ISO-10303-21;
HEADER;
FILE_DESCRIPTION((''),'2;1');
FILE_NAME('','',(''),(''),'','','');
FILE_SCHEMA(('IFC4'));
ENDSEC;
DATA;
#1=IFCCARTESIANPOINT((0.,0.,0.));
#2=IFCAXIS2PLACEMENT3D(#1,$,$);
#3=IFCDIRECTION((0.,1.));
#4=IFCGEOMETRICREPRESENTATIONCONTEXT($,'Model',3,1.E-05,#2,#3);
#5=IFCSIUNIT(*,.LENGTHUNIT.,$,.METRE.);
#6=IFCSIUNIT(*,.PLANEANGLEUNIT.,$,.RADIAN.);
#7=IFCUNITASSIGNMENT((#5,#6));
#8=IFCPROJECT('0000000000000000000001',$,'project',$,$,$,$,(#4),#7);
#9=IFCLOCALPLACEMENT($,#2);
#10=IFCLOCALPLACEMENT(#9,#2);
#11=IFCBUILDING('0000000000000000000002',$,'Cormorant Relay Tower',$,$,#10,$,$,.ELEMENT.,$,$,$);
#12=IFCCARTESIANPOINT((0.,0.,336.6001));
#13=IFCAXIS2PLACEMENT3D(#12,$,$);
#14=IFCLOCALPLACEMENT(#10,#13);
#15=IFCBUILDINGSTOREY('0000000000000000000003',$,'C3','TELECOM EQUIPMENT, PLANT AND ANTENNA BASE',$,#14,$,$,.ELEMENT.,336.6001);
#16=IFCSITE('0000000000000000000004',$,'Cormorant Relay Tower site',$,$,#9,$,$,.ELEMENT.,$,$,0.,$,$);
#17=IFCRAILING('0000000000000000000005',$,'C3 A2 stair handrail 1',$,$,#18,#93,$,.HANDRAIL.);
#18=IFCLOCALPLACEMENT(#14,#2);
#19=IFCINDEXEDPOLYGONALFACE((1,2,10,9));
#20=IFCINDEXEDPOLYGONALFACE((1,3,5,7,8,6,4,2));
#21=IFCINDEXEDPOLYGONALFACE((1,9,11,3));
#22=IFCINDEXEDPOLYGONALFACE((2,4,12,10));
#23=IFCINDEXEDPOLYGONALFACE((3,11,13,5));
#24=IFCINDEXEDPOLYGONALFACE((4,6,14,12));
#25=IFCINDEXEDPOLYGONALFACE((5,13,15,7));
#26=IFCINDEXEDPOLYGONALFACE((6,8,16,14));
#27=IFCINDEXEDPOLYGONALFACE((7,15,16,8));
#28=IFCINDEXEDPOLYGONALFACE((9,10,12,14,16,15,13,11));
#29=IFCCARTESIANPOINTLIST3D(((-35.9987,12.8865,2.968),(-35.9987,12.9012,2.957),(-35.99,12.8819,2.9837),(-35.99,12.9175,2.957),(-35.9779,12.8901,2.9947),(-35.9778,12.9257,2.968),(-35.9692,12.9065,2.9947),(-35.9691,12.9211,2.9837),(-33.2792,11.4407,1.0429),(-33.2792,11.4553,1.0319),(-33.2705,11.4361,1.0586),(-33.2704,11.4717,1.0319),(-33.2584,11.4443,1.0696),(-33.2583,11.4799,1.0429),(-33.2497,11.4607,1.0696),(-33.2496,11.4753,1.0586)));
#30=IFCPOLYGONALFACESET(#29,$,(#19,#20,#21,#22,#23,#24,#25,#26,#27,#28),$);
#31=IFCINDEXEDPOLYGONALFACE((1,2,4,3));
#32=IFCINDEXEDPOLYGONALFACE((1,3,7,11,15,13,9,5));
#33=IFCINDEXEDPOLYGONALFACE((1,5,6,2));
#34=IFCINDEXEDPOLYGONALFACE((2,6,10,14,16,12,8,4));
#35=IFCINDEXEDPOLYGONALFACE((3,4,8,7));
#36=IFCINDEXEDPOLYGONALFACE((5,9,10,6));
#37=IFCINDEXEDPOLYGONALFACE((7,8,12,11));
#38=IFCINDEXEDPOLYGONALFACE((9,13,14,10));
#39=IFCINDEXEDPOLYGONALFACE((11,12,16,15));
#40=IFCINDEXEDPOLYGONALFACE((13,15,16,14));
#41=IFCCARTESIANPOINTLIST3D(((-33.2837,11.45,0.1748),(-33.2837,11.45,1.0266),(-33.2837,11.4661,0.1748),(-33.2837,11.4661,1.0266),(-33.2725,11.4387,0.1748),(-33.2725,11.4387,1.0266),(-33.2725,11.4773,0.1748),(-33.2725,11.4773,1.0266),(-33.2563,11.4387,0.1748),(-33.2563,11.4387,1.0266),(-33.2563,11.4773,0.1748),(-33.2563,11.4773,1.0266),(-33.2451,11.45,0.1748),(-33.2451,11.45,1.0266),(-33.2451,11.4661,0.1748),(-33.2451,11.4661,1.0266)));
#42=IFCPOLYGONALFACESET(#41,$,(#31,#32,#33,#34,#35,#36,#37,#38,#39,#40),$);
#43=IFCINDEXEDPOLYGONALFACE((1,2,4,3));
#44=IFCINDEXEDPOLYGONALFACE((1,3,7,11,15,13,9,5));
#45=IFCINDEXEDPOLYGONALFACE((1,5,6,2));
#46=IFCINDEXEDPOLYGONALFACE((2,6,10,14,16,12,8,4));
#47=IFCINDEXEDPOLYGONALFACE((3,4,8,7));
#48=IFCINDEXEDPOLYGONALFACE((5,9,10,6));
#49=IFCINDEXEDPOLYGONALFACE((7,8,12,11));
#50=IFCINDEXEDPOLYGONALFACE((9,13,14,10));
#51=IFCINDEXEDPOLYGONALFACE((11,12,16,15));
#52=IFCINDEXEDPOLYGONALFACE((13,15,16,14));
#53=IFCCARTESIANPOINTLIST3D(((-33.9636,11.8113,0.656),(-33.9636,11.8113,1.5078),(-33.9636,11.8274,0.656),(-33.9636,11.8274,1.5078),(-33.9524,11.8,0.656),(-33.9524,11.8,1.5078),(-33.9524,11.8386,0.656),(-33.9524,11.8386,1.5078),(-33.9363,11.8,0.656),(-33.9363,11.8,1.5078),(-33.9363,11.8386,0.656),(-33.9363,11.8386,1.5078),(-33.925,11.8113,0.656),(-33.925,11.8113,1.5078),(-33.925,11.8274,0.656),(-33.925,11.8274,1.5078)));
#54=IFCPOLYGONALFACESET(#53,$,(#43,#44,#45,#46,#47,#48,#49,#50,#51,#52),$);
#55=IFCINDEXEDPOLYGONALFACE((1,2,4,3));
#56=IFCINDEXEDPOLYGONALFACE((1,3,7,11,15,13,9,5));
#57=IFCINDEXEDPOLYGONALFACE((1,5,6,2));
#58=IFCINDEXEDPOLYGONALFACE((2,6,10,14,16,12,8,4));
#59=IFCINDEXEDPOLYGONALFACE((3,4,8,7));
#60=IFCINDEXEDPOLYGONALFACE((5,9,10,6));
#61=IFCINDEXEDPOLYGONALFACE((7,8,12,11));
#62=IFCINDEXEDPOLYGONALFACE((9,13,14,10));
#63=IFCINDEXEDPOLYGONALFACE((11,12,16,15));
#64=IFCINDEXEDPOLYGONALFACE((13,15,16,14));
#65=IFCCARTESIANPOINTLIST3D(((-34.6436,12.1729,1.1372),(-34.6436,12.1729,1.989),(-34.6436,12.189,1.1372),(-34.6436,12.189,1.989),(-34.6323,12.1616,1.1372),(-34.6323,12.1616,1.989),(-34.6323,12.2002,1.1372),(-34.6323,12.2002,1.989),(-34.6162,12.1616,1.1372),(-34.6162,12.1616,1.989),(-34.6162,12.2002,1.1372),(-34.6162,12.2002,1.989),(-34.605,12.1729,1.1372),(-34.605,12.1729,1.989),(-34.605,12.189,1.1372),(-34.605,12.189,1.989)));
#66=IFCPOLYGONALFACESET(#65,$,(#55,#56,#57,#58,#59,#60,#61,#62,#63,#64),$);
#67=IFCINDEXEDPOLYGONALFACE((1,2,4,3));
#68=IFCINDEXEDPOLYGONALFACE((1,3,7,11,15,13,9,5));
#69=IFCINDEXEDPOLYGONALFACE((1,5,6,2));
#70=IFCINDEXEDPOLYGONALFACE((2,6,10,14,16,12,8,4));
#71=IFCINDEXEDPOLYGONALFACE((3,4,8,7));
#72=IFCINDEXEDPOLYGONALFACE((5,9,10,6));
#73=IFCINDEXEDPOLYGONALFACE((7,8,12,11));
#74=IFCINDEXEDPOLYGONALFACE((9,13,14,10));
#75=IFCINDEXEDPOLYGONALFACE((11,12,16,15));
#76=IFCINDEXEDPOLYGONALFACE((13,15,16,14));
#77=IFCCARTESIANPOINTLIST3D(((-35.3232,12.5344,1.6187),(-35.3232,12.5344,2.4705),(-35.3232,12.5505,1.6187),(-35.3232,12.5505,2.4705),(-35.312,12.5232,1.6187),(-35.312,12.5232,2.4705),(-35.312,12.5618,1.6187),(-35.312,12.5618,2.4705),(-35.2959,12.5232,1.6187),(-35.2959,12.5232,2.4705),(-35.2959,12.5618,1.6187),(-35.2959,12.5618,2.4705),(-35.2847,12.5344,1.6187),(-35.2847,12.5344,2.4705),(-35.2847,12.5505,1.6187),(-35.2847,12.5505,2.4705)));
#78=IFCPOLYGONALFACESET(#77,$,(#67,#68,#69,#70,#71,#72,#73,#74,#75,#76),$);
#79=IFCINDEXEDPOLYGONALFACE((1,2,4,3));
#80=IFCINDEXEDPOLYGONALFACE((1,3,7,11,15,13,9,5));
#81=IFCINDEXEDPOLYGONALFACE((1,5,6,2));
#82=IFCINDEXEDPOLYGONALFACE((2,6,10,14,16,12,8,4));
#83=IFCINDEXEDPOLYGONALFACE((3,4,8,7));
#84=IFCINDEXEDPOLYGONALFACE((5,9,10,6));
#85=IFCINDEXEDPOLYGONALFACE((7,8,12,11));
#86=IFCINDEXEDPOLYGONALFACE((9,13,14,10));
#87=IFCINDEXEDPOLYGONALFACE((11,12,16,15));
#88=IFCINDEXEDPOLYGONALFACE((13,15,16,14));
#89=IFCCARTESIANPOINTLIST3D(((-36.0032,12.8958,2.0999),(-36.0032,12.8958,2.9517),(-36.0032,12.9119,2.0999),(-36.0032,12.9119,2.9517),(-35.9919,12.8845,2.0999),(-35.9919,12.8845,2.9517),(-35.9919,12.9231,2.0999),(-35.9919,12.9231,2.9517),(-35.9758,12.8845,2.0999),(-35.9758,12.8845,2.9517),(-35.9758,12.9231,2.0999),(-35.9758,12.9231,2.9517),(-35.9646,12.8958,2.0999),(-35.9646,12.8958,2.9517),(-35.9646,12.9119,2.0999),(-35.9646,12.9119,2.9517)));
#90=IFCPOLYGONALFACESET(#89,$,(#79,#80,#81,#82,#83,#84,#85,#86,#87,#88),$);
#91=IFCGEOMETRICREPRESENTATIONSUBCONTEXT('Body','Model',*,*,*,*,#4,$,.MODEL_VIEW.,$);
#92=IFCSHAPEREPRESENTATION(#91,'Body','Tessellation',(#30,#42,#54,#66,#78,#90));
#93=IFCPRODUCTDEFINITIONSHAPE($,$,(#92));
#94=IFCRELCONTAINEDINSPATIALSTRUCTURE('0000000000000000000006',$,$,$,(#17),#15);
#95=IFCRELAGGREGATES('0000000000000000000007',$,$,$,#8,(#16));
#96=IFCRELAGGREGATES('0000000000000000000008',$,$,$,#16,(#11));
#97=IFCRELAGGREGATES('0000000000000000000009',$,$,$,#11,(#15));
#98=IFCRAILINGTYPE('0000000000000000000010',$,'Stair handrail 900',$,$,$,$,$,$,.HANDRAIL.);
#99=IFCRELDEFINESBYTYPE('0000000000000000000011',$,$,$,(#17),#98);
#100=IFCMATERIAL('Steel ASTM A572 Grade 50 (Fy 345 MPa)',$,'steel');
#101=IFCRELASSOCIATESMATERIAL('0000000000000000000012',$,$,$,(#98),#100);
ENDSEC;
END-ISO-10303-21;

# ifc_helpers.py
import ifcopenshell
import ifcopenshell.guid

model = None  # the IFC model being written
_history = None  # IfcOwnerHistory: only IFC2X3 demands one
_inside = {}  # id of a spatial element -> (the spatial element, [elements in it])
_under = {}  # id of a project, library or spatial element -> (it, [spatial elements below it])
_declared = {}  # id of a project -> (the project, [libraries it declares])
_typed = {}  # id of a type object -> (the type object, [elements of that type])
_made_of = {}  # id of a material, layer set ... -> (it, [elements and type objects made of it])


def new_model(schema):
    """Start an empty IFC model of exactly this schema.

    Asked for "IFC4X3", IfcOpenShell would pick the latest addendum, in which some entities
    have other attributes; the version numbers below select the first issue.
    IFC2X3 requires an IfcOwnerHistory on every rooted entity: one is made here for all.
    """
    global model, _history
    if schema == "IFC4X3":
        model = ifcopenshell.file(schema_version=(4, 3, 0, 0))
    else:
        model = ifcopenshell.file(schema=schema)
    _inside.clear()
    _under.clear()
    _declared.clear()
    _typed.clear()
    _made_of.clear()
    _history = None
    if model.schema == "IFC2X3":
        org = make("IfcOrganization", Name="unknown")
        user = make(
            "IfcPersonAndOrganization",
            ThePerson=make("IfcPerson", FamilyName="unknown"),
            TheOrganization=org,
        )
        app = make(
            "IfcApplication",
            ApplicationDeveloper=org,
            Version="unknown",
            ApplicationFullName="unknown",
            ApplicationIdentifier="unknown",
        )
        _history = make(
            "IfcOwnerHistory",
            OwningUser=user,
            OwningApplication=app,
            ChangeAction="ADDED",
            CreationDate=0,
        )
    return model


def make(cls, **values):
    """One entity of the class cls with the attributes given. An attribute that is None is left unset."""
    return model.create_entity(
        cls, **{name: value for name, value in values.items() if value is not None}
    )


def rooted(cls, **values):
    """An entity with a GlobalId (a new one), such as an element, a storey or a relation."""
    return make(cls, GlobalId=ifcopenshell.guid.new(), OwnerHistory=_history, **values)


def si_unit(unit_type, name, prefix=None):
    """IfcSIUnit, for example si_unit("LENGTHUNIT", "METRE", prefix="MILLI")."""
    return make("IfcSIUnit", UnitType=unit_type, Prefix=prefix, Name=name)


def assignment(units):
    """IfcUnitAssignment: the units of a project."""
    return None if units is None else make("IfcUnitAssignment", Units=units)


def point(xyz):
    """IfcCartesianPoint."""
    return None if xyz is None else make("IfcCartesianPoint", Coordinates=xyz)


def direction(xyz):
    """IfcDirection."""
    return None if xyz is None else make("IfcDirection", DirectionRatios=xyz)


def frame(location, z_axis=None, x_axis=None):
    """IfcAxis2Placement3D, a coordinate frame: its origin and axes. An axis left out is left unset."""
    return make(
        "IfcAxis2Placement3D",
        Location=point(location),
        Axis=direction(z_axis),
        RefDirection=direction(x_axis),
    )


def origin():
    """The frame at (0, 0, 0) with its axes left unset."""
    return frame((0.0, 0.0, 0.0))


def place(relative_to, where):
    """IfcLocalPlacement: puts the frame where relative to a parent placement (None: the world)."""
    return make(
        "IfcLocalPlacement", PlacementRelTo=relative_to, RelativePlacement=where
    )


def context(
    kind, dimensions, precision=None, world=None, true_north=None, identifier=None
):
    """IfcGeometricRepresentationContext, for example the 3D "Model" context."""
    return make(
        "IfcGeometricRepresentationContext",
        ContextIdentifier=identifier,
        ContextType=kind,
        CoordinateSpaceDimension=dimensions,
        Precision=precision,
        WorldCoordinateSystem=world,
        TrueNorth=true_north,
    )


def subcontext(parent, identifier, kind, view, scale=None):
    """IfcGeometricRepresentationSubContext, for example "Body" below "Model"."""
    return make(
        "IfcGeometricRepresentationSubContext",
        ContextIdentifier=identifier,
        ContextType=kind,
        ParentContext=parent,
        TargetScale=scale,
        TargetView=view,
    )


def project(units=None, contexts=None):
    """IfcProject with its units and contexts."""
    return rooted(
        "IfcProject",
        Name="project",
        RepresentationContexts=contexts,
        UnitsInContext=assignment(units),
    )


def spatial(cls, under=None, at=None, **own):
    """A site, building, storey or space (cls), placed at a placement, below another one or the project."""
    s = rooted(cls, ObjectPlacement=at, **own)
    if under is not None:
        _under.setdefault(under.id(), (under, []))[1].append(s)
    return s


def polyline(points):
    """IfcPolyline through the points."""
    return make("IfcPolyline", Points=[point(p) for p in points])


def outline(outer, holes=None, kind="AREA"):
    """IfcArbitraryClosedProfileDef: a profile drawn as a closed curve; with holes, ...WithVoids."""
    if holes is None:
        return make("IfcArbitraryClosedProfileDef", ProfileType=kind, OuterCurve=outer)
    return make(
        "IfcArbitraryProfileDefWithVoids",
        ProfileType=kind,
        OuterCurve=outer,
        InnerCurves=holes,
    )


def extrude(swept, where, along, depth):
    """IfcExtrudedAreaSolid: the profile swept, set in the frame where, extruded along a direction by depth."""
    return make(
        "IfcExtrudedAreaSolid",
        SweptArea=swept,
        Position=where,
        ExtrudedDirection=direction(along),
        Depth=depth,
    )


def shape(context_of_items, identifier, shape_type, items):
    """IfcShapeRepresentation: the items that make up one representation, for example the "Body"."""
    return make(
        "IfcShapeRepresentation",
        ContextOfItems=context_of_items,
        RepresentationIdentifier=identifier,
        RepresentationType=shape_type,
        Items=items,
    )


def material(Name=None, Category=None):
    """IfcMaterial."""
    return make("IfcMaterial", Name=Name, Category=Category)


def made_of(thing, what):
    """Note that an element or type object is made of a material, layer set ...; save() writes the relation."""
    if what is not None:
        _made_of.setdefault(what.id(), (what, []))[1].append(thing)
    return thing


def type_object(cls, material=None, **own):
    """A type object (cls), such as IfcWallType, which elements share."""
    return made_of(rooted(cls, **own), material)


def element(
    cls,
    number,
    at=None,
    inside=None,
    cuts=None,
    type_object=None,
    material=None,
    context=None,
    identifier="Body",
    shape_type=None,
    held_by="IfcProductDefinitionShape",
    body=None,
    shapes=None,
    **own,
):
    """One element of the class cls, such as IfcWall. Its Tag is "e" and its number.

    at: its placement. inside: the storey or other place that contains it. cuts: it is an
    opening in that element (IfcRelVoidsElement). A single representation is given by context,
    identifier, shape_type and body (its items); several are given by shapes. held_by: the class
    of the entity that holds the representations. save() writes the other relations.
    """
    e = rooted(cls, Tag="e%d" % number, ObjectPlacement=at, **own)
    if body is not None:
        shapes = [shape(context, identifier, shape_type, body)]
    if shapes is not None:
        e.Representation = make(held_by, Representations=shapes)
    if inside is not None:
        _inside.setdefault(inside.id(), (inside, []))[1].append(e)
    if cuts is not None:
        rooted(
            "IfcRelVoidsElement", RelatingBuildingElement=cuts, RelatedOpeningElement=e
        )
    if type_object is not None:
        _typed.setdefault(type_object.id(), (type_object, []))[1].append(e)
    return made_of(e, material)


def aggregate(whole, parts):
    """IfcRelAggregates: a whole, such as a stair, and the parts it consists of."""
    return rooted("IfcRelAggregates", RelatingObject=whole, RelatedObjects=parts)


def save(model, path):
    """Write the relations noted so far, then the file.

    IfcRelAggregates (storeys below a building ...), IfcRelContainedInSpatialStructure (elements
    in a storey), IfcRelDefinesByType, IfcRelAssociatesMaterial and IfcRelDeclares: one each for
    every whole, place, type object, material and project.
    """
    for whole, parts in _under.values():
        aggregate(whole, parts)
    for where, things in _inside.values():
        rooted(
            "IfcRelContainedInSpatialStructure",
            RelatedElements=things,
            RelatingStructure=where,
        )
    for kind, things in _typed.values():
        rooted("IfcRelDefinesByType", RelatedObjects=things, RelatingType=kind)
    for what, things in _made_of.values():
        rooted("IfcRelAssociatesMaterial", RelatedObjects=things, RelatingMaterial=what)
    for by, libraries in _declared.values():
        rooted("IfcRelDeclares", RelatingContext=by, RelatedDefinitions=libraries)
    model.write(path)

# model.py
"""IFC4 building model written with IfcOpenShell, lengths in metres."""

from ifc_helpers import new_model, si_unit, direction, frame, origin, place, context, subcontext, project, spatial, polyline, outline, extrude, material, type_object, element, save


model = new_model("IFC4")

# Units and contexts
model_context = context("Model", 3, precision=1e-05, world=origin(), true_north=direction((0.0, 1.0)))
body_context = subcontext(model_context, "Body", "Model", "MODEL_VIEW")
ifc_project = project(units=[si_unit("LENGTHUNIT", "METRE"), si_unit("PLANEANGLEUNIT", "RADIAN")], contexts=[model_context])

# Site, building, storey
site_placement = place(None, origin())
site = spatial("IfcSite", under=ifc_project, at=site_placement, Name="Cormorant Relay Tower site", CompositionType="ELEMENT", RefElevation=0.0)
building_placement = place(site_placement, origin())
building = spatial("IfcBuilding", under=site, at=building_placement, Name="Cormorant Relay Tower", CompositionType="ELEMENT")
storey_placement = place(building_placement, frame((0.0, 0.0, 336.6001)))
storey = spatial("IfcBuildingStorey", under=building, at=storey_placement, Name="C3", Description="TELECOM EQUIPMENT, PLANT AND ANTENNA BASE", CompositionType="ELEMENT", Elevation=336.6001)

# Railing
ifc_material_1 = material(Name="Steel ASTM A572 Grade 50 (Fy 345 MPa)", Category="steel")
railing_type_1 = type_object("IfcRailingType", Name="Stair handrail 900", PredefinedType="HANDRAIL", material=ifc_material_1)
railing_1_placement = place(storey_placement, frame((-33.2644, 11.458, 0.1748)))
element("IfcRailing", 1, at=railing_1_placement, inside=storey, type_object=railing_type_1, Name="C3 A2 stair handrail 1", PredefinedType="HANDRAIL", context=body_context, shape_type="SweptSolid", body=[
    extrude(outline(polyline([(0.0222, 0.0093), (0.0093, 0.0222), (-0.0093, 0.0222), (-0.0222, 0.0093), (-0.0222, -0.0093), (-0.0093, -0.0222), (0.0093, -0.0222), (0.0222, -0.0093), (0.0222, 0.0093)])), frame((0.0, 0.0, 0.876), z_axis=(-0.748747, 0.398068, 0.530018), x_axis=(-0.469428, -0.882971, 0.0)), (0.0, 0.0, 1.0), 3.6321),
    extrude(outline(polyline([(0.0193, 0.0081), (0.0081, 0.0193), (-0.0081, 0.0193), (-0.0193, 0.0081), (-0.0193, -0.0081), (-0.0081, -0.0193), (0.0081, -0.0193), (0.0193, -0.0081), (0.0193, 0.0081)])), origin(), (0.0, 0.0, 1.0), 0.8518),
    extrude(outline(polyline([(0.0193, 0.0081), (0.0081, 0.0193), (-0.0081, 0.0193), (-0.0193, 0.0081), (-0.0193, -0.0081), (-0.0081, -0.0193), (0.0081, -0.0193), (0.0193, -0.0081), (0.0193, 0.0081)])), frame((-0.6799, 0.3613, 0.4812)), (0.0, 0.0, 1.0), 0.8518),
    extrude(outline(polyline([(0.0193, 0.0081), (0.0081, 0.0193), (-0.0081, 0.0193), (-0.0193, 0.0081), (-0.0193, -0.0081), (-0.0081, -0.0193), (0.0081, -0.0193), (0.0193, -0.0081), (0.0193, 0.0081)])), frame((-1.3599, 0.7229, 0.9624)), (0.0, 0.0, 1.0), 0.8518),
    extrude(outline(polyline([(0.0193, 0.0081), (0.0081, 0.0193), (-0.0081, 0.0193), (-0.0193, 0.0081), (-0.0193, -0.0081), (-0.0081, -0.0193), (0.0081, -0.0193), (0.0193, -0.0081), (0.0193, 0.0081)])), frame((-2.0396, 1.0845, 1.4438)), (0.0, 0.0, 1.0), 0.8518),
    extrude(outline(polyline([(0.0193, 0.0081), (0.0081, 0.0193), (-0.0081, 0.0193), (-0.0193, 0.0081), (-0.0193, -0.0081), (-0.0081, -0.0193), (0.0081, -0.0193), (0.0193, -0.0081), (0.0193, 0.0081)])), frame((-2.7195, 1.4458, 1.925)), (0.0, 0.0, 1.0), 0.8518),
])

save(model, "model.ifc")
